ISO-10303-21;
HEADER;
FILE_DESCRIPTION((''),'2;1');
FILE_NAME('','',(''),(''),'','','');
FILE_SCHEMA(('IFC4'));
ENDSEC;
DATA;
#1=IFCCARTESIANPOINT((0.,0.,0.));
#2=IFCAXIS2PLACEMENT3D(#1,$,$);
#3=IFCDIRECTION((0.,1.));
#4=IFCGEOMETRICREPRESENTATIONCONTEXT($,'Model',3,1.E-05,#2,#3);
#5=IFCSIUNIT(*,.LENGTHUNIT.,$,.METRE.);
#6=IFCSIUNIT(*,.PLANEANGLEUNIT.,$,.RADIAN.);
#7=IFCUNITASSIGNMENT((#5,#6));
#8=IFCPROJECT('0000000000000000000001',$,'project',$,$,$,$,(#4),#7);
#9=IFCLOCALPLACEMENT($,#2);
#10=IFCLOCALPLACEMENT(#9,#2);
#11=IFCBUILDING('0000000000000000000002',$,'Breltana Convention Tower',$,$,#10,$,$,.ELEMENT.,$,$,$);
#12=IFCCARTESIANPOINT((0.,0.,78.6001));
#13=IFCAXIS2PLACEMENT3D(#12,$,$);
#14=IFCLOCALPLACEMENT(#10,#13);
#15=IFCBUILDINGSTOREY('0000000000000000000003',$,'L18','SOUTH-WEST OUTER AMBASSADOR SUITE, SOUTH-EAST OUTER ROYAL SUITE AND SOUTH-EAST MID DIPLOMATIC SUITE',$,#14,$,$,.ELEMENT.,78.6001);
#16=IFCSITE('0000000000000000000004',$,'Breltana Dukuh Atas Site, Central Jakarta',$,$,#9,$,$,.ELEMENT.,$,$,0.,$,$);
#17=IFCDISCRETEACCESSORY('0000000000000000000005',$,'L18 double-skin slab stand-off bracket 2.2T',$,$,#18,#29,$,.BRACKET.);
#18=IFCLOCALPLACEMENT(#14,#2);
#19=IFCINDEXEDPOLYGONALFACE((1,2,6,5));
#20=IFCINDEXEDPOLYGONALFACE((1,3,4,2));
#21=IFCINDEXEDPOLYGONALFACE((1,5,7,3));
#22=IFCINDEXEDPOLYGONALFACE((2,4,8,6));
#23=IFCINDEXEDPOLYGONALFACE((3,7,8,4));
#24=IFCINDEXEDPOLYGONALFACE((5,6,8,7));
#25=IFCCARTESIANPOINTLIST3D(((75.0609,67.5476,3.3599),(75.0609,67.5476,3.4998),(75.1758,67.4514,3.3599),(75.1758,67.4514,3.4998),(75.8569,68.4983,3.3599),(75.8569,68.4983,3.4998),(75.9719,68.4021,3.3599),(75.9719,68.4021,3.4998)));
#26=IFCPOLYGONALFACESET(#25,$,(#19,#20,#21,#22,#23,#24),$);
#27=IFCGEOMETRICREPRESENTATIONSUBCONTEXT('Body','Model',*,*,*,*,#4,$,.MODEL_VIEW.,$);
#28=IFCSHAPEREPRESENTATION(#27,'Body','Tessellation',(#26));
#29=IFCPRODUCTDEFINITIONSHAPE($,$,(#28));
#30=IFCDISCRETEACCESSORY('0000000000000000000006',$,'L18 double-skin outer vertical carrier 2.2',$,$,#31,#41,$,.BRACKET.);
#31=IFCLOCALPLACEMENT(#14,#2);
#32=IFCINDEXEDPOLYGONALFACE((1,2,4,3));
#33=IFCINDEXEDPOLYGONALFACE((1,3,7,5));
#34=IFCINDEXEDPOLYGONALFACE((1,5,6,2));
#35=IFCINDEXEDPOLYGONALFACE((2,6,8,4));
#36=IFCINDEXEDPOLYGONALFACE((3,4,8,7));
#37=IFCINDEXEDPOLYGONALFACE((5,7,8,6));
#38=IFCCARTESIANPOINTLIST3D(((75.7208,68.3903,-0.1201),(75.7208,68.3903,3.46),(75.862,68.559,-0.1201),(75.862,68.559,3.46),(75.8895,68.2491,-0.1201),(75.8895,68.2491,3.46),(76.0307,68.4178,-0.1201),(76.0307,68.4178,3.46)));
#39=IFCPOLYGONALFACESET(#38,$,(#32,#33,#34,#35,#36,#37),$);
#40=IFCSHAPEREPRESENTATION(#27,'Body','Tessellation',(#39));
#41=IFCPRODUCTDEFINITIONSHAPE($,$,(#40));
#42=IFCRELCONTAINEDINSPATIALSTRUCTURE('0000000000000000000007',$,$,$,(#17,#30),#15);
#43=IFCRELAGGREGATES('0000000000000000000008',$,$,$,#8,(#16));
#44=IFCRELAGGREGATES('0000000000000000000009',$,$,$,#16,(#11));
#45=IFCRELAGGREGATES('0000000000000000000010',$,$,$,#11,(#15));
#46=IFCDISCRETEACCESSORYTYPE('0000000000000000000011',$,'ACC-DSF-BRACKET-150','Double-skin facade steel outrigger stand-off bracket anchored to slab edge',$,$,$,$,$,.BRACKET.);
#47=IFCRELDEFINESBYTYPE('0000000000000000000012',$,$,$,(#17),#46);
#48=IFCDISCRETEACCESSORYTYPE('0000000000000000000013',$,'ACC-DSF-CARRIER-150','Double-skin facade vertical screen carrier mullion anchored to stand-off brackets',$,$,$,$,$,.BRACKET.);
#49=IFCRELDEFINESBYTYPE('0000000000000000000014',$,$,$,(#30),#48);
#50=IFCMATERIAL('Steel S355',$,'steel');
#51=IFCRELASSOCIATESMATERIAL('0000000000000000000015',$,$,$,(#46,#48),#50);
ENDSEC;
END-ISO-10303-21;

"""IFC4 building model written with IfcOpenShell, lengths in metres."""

from ifc_helpers import new_model, si_unit, direction, frame, origin, origin_2d, place, context, subcontext, project, spatial, rectangle, extrude, source, transform, mapped, material, type_object, type_shapes, element, save


model = new_model("IFC4")

# Units and contexts
model_context = context("Model", 3, precision=1e-05, world=origin(), true_north=direction((0.0, 1.0)))
body_context = subcontext(model_context, "Body", "Model", "MODEL_VIEW")
ifc_project = project(units=[si_unit("LENGTHUNIT", "METRE"), si_unit("PLANEANGLEUNIT", "RADIAN")], contexts=[model_context])

# Site, building, storey
site_placement = place(None, origin())
site = spatial("IfcSite", under=ifc_project, at=site_placement, Name="Breltana Dukuh Atas Site, Central Jakarta", CompositionType="ELEMENT", RefElevation=0.0)
building_placement = place(site_placement, origin())
building = spatial("IfcBuilding", under=site, at=building_placement, Name="Breltana Convention Tower", CompositionType="ELEMENT")
storey_placement = place(building_placement, frame((0.0, 0.0, 78.6001)))
storey = spatial("IfcBuildingStorey", under=building, at=storey_placement, Name="L18", Description="SOUTH-WEST OUTER AMBASSADOR SUITE, SOUTH-EAST OUTER ROYAL SUITE AND SOUTH-EAST MID DIPLOMATIC SUITE", CompositionType="ELEMENT", Elevation=78.6001)

# Discrete accessories
ifc_material_1 = material(Name="Steel S355", Category="steel")
discrete_accessory_type_1 = type_object("IfcDiscreteAccessoryType", Name="ACC-DSF-BRACKET-150", Description="Double-skin facade steel outrigger stand-off bracket anchored to slab edge", PredefinedType="BRACKET", material=ifc_material_1)
shared_shape_1 = source(origin(), body_context, "Body", "SweptSolid", [
    extrude(rectangle(XDim=1.24, YDim=0.1499, at=origin_2d()), origin(), (0.0, 0.0, 1.0), 0.1399),
])
type_shapes(discrete_accessory_type_1, [shared_shape_1])
for number, where, z_axis, x_axis, name in (
    (1, (75.5164, 67.9749, 3.3599), (0.0, 0.0, 1.0), (0.64199, 0.766713, 0.0), "L18 double-skin slab stand-off bracket 2.2T"),
):
    element("IfcDiscreteAccessory", number, at=place(storey_placement, frame(where, z_axis=z_axis, x_axis=x_axis)), inside=storey, type_object=discrete_accessory_type_1, Name=name, PredefinedType="BRACKET", context=body_context, shape_type="MappedRepresentation", body=[
        mapped(shared_shape_1, transform((0.0, 0.0, 0.0), scale=1.0)),
    ])
discrete_accessory_type_2 = type_object("IfcDiscreteAccessoryType", Name="ACC-DSF-CARRIER-150", Description="Double-skin facade vertical screen carrier mullion anchored to stand-off brackets", PredefinedType="BRACKET", material=ifc_material_1)
shared_shape_2 = source(origin(), body_context, "Body", "SweptSolid", [
    extrude(rectangle(XDim=0.22, YDim=0.22, at=origin_2d()), origin(), (0.0, 0.0, 1.0), 3.5801),
])
discrete_accessory_placement = place(storey_placement, frame((75.8757, 68.4041, -0.1201), z_axis=(0.0, 0.0, 1.0), x_axis=(0.64199, 0.766713, 0.0)))
element("IfcDiscreteAccessory", 2, at=discrete_accessory_placement, inside=storey, type_object=discrete_accessory_type_2, Name="L18 double-skin outer vertical carrier 2.2", PredefinedType="BRACKET", context=body_context, shape_type="MappedRepresentation", body=[
    mapped(shared_shape_2, transform((0.0, 0.0, 0.0), scale=1.0)),
])

save(model, "model.ifc")
